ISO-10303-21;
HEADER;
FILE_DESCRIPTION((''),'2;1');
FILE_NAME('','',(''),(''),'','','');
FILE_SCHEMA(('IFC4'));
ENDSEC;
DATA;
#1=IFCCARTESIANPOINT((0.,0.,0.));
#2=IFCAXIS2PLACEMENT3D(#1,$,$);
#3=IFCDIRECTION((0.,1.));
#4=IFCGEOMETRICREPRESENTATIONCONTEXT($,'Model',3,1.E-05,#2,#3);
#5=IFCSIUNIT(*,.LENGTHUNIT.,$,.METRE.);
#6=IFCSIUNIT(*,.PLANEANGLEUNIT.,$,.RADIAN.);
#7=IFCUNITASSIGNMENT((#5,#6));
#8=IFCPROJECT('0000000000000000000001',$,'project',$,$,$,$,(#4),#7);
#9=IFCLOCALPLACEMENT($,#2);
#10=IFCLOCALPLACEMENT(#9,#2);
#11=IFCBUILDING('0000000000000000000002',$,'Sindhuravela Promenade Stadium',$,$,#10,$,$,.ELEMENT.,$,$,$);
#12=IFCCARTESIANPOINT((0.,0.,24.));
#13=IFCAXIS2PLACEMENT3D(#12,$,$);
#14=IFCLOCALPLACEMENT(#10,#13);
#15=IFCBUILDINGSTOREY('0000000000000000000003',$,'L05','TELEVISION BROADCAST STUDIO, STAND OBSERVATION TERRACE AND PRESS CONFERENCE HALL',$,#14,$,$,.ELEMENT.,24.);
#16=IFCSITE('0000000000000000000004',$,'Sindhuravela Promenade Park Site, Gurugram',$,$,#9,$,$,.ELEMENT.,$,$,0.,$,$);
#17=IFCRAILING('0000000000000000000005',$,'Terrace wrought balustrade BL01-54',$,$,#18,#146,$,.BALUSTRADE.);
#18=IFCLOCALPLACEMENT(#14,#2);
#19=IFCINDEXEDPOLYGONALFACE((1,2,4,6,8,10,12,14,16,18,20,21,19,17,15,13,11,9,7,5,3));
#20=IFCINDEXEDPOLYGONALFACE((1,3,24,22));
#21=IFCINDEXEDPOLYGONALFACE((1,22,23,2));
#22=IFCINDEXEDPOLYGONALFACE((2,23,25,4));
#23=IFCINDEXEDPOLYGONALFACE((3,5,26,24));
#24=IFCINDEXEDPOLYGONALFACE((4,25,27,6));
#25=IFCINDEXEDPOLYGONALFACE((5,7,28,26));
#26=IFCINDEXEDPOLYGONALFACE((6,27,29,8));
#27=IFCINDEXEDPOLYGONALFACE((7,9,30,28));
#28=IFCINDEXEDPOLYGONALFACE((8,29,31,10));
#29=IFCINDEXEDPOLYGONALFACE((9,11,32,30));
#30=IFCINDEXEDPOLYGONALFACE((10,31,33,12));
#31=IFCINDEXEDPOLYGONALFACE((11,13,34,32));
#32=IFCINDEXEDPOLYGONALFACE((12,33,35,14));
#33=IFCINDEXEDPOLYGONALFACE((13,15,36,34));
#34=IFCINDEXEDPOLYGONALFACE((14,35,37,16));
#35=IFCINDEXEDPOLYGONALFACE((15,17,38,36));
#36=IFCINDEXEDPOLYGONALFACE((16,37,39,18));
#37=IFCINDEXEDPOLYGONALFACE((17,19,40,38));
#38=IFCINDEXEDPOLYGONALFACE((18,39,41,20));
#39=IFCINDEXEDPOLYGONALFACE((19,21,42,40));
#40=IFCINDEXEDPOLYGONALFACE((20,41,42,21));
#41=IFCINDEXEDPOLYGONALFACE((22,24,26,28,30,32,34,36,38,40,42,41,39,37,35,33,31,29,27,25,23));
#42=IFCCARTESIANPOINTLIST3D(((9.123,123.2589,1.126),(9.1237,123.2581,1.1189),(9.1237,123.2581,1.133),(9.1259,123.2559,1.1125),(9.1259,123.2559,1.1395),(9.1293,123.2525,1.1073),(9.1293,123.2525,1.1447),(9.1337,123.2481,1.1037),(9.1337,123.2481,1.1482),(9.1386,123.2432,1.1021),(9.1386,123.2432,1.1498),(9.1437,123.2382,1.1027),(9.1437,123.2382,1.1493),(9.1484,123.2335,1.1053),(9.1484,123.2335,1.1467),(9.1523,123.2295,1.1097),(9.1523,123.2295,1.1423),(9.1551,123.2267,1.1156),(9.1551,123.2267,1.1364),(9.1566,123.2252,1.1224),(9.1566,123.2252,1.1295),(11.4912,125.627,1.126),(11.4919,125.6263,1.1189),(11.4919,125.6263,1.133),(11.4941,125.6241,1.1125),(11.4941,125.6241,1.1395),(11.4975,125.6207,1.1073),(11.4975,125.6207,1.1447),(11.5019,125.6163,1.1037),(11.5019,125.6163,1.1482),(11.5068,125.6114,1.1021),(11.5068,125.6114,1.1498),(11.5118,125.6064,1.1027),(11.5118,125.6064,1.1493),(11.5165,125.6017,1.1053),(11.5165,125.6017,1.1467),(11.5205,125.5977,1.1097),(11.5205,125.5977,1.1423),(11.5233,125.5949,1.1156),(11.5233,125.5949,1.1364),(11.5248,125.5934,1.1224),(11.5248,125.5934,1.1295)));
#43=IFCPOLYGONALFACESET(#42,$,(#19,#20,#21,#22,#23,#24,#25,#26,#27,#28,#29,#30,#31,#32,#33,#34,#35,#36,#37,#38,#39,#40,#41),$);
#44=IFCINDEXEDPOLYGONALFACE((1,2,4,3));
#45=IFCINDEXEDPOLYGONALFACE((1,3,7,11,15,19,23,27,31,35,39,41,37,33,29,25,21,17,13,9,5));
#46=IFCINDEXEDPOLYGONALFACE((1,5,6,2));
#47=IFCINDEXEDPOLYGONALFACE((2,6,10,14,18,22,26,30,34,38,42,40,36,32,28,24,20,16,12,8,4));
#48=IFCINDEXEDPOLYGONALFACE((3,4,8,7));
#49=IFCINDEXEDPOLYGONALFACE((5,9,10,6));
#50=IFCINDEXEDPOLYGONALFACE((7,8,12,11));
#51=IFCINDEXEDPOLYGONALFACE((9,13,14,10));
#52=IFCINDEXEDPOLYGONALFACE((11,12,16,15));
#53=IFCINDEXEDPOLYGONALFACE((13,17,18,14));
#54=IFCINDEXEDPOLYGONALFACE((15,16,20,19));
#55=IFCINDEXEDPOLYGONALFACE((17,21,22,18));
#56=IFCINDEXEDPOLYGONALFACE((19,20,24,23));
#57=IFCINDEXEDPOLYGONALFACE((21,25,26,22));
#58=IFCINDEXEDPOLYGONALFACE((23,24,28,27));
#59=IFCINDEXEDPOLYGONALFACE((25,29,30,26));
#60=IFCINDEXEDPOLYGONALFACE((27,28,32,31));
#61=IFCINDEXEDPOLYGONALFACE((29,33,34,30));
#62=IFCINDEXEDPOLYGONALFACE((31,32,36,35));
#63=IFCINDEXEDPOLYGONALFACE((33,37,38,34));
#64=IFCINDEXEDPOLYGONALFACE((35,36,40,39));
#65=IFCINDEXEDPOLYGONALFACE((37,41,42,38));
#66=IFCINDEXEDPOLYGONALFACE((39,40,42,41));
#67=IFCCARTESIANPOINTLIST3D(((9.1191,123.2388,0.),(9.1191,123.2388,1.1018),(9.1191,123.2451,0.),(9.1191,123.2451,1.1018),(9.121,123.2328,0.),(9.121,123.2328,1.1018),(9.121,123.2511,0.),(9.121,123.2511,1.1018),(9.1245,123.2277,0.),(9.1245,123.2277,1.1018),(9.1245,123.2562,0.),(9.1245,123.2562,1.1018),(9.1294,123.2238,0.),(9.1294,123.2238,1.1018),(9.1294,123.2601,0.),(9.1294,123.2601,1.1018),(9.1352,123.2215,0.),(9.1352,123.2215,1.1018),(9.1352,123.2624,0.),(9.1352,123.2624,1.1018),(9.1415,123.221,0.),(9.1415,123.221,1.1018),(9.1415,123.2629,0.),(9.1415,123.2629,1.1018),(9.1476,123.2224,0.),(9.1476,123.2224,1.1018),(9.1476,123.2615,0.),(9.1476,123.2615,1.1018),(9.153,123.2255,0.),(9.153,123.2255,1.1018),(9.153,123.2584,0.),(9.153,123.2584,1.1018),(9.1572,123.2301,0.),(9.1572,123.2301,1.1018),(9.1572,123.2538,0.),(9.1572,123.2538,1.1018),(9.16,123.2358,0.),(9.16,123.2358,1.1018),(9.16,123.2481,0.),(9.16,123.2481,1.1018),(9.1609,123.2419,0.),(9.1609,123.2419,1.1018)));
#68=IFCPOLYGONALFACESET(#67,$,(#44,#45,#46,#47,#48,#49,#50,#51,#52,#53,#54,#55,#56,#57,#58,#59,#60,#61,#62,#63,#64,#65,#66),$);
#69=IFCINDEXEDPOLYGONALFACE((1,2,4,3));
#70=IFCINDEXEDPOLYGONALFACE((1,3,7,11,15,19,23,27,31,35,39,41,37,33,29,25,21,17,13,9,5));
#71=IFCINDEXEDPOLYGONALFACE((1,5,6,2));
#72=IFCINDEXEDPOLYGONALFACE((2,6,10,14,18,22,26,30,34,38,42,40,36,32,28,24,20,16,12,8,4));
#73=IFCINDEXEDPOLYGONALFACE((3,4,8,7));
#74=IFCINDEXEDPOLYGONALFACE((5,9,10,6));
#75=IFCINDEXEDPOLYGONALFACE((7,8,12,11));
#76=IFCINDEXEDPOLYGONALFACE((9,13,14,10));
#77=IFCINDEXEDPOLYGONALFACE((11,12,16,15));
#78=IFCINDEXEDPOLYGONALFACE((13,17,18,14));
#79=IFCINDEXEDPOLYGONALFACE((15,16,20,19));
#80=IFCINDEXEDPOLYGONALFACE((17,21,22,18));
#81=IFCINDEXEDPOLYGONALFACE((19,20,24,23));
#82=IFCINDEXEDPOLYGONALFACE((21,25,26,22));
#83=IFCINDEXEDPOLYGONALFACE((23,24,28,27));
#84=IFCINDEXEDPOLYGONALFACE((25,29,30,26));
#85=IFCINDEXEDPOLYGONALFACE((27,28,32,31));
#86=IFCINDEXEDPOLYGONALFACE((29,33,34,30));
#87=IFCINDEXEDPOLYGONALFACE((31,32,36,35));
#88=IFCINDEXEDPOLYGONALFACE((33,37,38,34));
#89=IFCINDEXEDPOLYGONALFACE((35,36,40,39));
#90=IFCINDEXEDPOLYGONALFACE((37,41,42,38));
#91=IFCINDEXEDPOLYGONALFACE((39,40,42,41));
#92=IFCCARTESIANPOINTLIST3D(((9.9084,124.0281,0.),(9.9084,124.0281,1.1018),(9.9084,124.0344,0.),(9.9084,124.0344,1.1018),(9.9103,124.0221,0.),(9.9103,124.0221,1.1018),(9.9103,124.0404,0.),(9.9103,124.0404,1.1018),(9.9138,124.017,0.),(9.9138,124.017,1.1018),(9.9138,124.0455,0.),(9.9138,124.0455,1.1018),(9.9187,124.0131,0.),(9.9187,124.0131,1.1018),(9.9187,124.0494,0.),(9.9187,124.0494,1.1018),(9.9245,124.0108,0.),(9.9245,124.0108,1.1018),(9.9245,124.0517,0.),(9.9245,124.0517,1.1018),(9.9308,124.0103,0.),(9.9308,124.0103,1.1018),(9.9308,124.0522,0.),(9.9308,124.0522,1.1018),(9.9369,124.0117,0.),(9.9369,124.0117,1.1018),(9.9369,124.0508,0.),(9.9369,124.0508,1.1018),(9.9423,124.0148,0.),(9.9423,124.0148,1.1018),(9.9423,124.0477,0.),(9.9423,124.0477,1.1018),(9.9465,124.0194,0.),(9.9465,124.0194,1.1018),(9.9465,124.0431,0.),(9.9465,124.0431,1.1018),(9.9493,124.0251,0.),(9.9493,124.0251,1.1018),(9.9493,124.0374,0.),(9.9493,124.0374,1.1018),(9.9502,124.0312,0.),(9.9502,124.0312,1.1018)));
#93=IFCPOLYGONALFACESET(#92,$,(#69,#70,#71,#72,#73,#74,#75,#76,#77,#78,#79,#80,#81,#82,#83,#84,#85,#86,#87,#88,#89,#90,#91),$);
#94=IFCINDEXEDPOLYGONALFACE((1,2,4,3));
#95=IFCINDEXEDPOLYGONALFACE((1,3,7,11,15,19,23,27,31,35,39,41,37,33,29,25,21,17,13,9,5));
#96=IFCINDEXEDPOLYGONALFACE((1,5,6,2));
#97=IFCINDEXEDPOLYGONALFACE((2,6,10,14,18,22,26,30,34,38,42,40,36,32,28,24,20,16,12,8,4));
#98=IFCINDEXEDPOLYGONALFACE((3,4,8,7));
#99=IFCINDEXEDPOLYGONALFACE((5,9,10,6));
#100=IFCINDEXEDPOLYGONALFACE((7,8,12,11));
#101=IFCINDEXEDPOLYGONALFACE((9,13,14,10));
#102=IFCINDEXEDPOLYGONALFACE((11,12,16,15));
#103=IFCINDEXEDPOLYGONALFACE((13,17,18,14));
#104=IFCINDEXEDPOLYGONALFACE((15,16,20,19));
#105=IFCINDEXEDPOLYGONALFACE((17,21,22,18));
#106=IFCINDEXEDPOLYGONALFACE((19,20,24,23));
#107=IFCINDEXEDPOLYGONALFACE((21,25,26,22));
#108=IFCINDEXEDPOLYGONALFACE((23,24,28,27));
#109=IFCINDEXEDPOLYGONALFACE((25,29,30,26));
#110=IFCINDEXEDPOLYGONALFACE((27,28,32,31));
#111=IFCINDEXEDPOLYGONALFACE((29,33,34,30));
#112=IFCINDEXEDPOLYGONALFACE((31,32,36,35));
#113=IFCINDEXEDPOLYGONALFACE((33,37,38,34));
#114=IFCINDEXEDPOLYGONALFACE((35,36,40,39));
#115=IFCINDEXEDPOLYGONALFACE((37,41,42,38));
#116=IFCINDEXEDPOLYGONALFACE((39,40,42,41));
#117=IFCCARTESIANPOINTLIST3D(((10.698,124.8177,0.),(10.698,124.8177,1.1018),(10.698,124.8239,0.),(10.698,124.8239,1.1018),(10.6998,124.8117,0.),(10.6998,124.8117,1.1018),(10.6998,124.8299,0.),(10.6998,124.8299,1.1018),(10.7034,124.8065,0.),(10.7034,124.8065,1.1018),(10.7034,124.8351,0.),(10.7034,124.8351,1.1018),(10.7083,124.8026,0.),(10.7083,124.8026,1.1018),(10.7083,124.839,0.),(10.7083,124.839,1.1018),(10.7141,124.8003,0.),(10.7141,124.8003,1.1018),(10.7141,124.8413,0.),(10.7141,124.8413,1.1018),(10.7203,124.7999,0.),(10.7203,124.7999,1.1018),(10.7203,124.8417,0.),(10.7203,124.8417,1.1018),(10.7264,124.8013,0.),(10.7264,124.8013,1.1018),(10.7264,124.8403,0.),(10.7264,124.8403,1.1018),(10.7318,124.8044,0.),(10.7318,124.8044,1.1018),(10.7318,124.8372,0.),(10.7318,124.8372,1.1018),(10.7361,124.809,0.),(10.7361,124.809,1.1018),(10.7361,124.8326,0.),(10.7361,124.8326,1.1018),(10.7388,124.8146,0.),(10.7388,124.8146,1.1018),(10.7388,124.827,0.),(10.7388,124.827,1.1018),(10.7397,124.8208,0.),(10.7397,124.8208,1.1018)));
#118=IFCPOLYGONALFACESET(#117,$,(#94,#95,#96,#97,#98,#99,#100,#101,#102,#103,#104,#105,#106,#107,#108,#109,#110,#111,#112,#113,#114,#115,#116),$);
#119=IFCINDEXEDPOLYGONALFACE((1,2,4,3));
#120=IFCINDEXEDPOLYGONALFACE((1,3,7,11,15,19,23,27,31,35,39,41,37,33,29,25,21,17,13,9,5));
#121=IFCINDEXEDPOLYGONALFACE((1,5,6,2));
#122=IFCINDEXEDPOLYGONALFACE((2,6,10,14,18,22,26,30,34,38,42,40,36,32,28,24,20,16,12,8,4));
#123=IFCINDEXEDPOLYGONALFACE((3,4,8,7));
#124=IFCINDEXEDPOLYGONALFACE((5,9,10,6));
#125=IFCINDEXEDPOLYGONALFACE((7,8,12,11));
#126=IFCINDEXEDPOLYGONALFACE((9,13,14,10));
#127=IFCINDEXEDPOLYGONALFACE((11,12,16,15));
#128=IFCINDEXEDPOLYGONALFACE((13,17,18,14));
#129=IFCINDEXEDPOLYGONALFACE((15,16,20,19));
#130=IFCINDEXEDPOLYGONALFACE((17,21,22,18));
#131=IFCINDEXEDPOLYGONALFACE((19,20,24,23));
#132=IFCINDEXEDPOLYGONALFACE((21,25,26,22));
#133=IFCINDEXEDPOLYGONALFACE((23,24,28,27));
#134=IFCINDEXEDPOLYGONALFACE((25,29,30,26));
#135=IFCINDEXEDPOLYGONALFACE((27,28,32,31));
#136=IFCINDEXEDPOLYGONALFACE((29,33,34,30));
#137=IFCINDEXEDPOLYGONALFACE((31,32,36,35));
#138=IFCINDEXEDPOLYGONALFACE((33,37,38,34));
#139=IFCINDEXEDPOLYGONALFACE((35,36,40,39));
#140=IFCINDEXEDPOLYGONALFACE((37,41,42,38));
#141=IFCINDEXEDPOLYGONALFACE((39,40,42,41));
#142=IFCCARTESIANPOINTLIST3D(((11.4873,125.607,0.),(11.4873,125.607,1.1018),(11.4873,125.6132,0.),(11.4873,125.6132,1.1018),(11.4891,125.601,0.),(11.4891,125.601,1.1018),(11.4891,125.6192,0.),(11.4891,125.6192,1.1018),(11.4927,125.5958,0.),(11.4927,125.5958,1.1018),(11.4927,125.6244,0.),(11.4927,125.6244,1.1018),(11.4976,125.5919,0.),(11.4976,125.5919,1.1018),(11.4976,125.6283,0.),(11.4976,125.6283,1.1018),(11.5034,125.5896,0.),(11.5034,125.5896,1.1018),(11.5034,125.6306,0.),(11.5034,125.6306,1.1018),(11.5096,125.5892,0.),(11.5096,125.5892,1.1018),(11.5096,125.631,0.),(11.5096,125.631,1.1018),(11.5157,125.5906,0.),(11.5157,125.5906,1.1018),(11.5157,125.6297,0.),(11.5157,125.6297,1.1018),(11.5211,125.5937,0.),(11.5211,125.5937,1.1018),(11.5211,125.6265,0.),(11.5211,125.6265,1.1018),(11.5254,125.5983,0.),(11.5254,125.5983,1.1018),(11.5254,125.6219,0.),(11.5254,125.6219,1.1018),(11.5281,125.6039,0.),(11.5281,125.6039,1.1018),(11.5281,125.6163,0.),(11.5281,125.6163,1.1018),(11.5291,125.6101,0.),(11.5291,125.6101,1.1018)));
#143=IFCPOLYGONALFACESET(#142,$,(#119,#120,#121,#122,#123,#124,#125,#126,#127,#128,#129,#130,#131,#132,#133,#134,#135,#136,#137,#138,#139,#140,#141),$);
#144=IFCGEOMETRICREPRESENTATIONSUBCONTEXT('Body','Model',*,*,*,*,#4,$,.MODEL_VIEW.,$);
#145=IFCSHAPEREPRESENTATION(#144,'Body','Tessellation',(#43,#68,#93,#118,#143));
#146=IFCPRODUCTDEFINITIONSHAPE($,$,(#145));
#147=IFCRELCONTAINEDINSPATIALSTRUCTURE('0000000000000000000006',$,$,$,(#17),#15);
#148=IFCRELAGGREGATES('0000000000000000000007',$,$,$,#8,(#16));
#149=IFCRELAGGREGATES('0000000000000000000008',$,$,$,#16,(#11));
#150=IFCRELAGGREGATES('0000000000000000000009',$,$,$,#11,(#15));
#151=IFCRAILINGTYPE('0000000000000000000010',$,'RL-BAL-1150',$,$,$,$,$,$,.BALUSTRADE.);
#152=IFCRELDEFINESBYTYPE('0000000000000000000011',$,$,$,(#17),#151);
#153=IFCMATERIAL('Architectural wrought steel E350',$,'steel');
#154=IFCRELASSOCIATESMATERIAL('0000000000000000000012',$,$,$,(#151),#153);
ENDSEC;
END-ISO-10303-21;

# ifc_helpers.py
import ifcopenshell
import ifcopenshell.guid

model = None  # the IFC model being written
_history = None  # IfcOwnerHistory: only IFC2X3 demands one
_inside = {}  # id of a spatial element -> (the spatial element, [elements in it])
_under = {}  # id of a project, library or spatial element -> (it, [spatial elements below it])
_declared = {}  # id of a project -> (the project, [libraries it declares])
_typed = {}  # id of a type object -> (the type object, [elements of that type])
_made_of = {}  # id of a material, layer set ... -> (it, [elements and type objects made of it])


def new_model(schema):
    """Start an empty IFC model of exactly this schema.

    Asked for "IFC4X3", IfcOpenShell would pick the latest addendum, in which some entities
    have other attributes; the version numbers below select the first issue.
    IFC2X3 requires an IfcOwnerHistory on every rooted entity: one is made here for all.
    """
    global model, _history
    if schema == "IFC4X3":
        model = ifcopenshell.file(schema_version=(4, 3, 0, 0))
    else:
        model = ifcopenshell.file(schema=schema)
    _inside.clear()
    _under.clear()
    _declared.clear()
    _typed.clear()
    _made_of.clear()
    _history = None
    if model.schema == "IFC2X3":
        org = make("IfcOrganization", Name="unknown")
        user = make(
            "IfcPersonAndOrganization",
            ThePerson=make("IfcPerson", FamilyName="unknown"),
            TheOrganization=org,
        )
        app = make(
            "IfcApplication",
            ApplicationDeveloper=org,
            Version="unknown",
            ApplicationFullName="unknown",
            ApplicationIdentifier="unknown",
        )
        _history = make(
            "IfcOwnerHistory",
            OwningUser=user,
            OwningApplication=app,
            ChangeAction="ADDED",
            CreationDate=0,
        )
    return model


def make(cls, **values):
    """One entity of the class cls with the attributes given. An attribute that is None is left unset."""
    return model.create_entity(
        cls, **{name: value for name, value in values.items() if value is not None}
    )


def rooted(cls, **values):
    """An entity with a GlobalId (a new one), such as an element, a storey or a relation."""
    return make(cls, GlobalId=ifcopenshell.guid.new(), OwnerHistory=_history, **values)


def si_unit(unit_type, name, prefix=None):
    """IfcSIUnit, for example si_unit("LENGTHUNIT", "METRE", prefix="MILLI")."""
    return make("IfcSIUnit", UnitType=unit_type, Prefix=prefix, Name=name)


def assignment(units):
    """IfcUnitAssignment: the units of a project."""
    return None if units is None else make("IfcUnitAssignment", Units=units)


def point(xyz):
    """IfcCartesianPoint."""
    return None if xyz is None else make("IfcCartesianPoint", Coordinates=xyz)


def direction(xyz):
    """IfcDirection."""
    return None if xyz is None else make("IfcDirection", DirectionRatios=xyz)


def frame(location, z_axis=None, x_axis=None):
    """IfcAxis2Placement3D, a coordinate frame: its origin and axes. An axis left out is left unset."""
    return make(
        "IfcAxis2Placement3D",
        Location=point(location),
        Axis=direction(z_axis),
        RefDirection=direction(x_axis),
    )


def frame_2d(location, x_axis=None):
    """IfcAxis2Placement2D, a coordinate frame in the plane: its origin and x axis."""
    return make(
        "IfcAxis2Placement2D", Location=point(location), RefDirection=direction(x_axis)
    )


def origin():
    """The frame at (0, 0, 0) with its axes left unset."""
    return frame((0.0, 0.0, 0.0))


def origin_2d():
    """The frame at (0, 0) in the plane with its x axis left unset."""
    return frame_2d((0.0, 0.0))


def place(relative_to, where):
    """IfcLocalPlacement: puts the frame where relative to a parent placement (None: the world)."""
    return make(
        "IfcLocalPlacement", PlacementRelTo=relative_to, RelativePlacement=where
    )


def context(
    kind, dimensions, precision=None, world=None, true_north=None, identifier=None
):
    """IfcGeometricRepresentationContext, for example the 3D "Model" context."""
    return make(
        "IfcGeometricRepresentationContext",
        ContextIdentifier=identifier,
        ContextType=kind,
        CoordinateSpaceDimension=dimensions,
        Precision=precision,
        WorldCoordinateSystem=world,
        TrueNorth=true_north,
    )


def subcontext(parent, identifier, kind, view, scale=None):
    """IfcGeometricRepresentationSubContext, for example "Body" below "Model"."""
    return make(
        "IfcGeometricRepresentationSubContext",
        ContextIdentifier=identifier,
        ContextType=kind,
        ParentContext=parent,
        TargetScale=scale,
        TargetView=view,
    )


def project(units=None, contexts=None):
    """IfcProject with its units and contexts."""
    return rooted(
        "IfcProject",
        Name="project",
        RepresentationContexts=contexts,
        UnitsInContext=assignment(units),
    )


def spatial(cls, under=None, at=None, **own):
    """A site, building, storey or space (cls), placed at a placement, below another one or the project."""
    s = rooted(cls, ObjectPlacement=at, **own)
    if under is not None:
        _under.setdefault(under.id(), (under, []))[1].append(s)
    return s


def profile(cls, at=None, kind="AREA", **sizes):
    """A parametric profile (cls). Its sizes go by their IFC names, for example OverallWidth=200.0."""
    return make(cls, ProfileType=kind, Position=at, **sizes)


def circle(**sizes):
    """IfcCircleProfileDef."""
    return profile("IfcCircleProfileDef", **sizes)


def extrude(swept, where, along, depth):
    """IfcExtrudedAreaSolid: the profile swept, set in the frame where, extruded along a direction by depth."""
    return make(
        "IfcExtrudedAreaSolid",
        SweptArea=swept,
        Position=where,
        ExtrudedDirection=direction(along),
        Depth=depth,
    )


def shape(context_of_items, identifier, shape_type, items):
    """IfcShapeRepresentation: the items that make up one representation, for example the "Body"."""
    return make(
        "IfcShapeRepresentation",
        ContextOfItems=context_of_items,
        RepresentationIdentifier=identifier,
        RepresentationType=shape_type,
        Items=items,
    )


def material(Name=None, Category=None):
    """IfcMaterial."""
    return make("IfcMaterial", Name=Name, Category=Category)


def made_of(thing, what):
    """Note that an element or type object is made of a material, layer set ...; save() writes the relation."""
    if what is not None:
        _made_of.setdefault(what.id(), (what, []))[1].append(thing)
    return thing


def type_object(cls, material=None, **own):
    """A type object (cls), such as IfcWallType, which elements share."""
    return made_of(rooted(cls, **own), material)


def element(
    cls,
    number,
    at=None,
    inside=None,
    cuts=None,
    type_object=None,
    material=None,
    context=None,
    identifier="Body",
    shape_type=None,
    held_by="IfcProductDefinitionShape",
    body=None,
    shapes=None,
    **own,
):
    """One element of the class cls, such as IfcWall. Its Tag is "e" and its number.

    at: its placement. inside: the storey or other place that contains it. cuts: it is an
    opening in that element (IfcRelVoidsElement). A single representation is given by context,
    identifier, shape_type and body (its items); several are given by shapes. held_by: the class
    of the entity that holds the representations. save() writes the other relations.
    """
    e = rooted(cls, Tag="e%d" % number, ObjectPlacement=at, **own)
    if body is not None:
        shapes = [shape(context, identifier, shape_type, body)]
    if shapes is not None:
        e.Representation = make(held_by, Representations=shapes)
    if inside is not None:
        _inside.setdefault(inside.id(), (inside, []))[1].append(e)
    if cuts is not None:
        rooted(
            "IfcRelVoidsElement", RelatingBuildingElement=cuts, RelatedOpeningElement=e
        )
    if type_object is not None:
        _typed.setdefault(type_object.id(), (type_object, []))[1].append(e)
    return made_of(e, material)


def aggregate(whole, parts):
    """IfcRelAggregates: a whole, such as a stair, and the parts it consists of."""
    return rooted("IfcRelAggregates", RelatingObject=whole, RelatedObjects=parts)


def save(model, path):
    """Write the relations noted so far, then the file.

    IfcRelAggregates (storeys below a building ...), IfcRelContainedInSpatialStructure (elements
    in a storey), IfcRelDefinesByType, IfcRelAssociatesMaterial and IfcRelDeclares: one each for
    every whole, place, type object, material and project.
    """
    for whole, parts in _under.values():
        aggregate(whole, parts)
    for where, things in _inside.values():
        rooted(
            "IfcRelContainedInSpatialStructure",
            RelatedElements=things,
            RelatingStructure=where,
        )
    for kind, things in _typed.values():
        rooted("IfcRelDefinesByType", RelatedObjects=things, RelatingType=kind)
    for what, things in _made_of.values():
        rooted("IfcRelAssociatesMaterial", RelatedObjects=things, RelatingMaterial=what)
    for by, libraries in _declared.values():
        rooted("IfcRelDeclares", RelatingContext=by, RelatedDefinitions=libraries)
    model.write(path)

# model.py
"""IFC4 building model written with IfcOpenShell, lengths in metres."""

from ifc_helpers import new_model, si_unit, direction, frame, origin, origin_2d, place, context, subcontext, project, spatial, circle, extrude, material, type_object, element, save


model = new_model("IFC4")

# Units and contexts
model_context = context("Model", 3, precision=1e-05, world=origin(), true_north=direction((0.0, 1.0)))
body_context = subcontext(model_context, "Body", "Model", "MODEL_VIEW")
ifc_project = project(units=[si_unit("LENGTHUNIT", "METRE"), si_unit("PLANEANGLEUNIT", "RADIAN")], contexts=[model_context])

# Site, building, storey
site_placement = place(None, origin())
site = spatial("IfcSite", under=ifc_project, at=site_placement, Name="Sindhuravela Promenade Park Site, Gurugram", CompositionType="ELEMENT", RefElevation=0.0)
building_placement = place(site_placement, origin())
building = spatial("IfcBuilding", under=site, at=building_placement, Name="Sindhuravela Promenade Stadium", CompositionType="ELEMENT")
storey_placement = place(building_placement, frame((0.0, 0.0, 24.0)))
storey = spatial("IfcBuildingStorey", under=building, at=storey_placement, Name="L05", Description="TELEVISION BROADCAST STUDIO, STAND OBSERVATION TERRACE AND PRESS CONFERENCE HALL", CompositionType="ELEMENT", Elevation=24.0)

# Railing
ifc_material_1 = material(Name="Architectural wrought steel E350", Category="steel")
railing_type = type_object("IfcRailingType", Name="RL-BAL-1150", PredefinedType="BALUSTRADE", material=ifc_material_1)
railing_1_placement = place(storey_placement, frame((9.1399, 123.2419, 0.0)))
element("IfcRailing", 1, at=railing_1_placement, inside=storey, type_object=railing_type, Name="Terrace wrought balustrade BL01-54", PredefinedType="BALUSTRADE", context=body_context, shape_type="SweptSolid", body=[
    extrude(circle(Radius=0.0239, at=origin_2d()), frame((0.0, 0.0, 1.126), z_axis=(0.707107, 0.707107, 0.0), x_axis=(-0.707107, 0.707107, 0.0)), (0.0, 0.0, 1.0), 3.3491),
    extrude(circle(Radius=0.021, at=origin_2d()), origin(), (0.0, 0.0, 1.0), 1.1018),
    extrude(circle(Radius=0.021, at=origin_2d()), frame((0.7893, 0.7893, 0.0)), (0.0, 0.0, 1.0), 1.1018),
    extrude(circle(Radius=0.021, at=origin_2d()), frame((1.5789, 1.5789, 0.0)), (0.0, 0.0, 1.0), 1.1018),
    extrude(circle(Radius=0.021, at=origin_2d()), frame((2.3682, 2.3682, 0.0)), (0.0, 0.0, 1.0), 1.1018),
])

save(model, "model.ifc")
